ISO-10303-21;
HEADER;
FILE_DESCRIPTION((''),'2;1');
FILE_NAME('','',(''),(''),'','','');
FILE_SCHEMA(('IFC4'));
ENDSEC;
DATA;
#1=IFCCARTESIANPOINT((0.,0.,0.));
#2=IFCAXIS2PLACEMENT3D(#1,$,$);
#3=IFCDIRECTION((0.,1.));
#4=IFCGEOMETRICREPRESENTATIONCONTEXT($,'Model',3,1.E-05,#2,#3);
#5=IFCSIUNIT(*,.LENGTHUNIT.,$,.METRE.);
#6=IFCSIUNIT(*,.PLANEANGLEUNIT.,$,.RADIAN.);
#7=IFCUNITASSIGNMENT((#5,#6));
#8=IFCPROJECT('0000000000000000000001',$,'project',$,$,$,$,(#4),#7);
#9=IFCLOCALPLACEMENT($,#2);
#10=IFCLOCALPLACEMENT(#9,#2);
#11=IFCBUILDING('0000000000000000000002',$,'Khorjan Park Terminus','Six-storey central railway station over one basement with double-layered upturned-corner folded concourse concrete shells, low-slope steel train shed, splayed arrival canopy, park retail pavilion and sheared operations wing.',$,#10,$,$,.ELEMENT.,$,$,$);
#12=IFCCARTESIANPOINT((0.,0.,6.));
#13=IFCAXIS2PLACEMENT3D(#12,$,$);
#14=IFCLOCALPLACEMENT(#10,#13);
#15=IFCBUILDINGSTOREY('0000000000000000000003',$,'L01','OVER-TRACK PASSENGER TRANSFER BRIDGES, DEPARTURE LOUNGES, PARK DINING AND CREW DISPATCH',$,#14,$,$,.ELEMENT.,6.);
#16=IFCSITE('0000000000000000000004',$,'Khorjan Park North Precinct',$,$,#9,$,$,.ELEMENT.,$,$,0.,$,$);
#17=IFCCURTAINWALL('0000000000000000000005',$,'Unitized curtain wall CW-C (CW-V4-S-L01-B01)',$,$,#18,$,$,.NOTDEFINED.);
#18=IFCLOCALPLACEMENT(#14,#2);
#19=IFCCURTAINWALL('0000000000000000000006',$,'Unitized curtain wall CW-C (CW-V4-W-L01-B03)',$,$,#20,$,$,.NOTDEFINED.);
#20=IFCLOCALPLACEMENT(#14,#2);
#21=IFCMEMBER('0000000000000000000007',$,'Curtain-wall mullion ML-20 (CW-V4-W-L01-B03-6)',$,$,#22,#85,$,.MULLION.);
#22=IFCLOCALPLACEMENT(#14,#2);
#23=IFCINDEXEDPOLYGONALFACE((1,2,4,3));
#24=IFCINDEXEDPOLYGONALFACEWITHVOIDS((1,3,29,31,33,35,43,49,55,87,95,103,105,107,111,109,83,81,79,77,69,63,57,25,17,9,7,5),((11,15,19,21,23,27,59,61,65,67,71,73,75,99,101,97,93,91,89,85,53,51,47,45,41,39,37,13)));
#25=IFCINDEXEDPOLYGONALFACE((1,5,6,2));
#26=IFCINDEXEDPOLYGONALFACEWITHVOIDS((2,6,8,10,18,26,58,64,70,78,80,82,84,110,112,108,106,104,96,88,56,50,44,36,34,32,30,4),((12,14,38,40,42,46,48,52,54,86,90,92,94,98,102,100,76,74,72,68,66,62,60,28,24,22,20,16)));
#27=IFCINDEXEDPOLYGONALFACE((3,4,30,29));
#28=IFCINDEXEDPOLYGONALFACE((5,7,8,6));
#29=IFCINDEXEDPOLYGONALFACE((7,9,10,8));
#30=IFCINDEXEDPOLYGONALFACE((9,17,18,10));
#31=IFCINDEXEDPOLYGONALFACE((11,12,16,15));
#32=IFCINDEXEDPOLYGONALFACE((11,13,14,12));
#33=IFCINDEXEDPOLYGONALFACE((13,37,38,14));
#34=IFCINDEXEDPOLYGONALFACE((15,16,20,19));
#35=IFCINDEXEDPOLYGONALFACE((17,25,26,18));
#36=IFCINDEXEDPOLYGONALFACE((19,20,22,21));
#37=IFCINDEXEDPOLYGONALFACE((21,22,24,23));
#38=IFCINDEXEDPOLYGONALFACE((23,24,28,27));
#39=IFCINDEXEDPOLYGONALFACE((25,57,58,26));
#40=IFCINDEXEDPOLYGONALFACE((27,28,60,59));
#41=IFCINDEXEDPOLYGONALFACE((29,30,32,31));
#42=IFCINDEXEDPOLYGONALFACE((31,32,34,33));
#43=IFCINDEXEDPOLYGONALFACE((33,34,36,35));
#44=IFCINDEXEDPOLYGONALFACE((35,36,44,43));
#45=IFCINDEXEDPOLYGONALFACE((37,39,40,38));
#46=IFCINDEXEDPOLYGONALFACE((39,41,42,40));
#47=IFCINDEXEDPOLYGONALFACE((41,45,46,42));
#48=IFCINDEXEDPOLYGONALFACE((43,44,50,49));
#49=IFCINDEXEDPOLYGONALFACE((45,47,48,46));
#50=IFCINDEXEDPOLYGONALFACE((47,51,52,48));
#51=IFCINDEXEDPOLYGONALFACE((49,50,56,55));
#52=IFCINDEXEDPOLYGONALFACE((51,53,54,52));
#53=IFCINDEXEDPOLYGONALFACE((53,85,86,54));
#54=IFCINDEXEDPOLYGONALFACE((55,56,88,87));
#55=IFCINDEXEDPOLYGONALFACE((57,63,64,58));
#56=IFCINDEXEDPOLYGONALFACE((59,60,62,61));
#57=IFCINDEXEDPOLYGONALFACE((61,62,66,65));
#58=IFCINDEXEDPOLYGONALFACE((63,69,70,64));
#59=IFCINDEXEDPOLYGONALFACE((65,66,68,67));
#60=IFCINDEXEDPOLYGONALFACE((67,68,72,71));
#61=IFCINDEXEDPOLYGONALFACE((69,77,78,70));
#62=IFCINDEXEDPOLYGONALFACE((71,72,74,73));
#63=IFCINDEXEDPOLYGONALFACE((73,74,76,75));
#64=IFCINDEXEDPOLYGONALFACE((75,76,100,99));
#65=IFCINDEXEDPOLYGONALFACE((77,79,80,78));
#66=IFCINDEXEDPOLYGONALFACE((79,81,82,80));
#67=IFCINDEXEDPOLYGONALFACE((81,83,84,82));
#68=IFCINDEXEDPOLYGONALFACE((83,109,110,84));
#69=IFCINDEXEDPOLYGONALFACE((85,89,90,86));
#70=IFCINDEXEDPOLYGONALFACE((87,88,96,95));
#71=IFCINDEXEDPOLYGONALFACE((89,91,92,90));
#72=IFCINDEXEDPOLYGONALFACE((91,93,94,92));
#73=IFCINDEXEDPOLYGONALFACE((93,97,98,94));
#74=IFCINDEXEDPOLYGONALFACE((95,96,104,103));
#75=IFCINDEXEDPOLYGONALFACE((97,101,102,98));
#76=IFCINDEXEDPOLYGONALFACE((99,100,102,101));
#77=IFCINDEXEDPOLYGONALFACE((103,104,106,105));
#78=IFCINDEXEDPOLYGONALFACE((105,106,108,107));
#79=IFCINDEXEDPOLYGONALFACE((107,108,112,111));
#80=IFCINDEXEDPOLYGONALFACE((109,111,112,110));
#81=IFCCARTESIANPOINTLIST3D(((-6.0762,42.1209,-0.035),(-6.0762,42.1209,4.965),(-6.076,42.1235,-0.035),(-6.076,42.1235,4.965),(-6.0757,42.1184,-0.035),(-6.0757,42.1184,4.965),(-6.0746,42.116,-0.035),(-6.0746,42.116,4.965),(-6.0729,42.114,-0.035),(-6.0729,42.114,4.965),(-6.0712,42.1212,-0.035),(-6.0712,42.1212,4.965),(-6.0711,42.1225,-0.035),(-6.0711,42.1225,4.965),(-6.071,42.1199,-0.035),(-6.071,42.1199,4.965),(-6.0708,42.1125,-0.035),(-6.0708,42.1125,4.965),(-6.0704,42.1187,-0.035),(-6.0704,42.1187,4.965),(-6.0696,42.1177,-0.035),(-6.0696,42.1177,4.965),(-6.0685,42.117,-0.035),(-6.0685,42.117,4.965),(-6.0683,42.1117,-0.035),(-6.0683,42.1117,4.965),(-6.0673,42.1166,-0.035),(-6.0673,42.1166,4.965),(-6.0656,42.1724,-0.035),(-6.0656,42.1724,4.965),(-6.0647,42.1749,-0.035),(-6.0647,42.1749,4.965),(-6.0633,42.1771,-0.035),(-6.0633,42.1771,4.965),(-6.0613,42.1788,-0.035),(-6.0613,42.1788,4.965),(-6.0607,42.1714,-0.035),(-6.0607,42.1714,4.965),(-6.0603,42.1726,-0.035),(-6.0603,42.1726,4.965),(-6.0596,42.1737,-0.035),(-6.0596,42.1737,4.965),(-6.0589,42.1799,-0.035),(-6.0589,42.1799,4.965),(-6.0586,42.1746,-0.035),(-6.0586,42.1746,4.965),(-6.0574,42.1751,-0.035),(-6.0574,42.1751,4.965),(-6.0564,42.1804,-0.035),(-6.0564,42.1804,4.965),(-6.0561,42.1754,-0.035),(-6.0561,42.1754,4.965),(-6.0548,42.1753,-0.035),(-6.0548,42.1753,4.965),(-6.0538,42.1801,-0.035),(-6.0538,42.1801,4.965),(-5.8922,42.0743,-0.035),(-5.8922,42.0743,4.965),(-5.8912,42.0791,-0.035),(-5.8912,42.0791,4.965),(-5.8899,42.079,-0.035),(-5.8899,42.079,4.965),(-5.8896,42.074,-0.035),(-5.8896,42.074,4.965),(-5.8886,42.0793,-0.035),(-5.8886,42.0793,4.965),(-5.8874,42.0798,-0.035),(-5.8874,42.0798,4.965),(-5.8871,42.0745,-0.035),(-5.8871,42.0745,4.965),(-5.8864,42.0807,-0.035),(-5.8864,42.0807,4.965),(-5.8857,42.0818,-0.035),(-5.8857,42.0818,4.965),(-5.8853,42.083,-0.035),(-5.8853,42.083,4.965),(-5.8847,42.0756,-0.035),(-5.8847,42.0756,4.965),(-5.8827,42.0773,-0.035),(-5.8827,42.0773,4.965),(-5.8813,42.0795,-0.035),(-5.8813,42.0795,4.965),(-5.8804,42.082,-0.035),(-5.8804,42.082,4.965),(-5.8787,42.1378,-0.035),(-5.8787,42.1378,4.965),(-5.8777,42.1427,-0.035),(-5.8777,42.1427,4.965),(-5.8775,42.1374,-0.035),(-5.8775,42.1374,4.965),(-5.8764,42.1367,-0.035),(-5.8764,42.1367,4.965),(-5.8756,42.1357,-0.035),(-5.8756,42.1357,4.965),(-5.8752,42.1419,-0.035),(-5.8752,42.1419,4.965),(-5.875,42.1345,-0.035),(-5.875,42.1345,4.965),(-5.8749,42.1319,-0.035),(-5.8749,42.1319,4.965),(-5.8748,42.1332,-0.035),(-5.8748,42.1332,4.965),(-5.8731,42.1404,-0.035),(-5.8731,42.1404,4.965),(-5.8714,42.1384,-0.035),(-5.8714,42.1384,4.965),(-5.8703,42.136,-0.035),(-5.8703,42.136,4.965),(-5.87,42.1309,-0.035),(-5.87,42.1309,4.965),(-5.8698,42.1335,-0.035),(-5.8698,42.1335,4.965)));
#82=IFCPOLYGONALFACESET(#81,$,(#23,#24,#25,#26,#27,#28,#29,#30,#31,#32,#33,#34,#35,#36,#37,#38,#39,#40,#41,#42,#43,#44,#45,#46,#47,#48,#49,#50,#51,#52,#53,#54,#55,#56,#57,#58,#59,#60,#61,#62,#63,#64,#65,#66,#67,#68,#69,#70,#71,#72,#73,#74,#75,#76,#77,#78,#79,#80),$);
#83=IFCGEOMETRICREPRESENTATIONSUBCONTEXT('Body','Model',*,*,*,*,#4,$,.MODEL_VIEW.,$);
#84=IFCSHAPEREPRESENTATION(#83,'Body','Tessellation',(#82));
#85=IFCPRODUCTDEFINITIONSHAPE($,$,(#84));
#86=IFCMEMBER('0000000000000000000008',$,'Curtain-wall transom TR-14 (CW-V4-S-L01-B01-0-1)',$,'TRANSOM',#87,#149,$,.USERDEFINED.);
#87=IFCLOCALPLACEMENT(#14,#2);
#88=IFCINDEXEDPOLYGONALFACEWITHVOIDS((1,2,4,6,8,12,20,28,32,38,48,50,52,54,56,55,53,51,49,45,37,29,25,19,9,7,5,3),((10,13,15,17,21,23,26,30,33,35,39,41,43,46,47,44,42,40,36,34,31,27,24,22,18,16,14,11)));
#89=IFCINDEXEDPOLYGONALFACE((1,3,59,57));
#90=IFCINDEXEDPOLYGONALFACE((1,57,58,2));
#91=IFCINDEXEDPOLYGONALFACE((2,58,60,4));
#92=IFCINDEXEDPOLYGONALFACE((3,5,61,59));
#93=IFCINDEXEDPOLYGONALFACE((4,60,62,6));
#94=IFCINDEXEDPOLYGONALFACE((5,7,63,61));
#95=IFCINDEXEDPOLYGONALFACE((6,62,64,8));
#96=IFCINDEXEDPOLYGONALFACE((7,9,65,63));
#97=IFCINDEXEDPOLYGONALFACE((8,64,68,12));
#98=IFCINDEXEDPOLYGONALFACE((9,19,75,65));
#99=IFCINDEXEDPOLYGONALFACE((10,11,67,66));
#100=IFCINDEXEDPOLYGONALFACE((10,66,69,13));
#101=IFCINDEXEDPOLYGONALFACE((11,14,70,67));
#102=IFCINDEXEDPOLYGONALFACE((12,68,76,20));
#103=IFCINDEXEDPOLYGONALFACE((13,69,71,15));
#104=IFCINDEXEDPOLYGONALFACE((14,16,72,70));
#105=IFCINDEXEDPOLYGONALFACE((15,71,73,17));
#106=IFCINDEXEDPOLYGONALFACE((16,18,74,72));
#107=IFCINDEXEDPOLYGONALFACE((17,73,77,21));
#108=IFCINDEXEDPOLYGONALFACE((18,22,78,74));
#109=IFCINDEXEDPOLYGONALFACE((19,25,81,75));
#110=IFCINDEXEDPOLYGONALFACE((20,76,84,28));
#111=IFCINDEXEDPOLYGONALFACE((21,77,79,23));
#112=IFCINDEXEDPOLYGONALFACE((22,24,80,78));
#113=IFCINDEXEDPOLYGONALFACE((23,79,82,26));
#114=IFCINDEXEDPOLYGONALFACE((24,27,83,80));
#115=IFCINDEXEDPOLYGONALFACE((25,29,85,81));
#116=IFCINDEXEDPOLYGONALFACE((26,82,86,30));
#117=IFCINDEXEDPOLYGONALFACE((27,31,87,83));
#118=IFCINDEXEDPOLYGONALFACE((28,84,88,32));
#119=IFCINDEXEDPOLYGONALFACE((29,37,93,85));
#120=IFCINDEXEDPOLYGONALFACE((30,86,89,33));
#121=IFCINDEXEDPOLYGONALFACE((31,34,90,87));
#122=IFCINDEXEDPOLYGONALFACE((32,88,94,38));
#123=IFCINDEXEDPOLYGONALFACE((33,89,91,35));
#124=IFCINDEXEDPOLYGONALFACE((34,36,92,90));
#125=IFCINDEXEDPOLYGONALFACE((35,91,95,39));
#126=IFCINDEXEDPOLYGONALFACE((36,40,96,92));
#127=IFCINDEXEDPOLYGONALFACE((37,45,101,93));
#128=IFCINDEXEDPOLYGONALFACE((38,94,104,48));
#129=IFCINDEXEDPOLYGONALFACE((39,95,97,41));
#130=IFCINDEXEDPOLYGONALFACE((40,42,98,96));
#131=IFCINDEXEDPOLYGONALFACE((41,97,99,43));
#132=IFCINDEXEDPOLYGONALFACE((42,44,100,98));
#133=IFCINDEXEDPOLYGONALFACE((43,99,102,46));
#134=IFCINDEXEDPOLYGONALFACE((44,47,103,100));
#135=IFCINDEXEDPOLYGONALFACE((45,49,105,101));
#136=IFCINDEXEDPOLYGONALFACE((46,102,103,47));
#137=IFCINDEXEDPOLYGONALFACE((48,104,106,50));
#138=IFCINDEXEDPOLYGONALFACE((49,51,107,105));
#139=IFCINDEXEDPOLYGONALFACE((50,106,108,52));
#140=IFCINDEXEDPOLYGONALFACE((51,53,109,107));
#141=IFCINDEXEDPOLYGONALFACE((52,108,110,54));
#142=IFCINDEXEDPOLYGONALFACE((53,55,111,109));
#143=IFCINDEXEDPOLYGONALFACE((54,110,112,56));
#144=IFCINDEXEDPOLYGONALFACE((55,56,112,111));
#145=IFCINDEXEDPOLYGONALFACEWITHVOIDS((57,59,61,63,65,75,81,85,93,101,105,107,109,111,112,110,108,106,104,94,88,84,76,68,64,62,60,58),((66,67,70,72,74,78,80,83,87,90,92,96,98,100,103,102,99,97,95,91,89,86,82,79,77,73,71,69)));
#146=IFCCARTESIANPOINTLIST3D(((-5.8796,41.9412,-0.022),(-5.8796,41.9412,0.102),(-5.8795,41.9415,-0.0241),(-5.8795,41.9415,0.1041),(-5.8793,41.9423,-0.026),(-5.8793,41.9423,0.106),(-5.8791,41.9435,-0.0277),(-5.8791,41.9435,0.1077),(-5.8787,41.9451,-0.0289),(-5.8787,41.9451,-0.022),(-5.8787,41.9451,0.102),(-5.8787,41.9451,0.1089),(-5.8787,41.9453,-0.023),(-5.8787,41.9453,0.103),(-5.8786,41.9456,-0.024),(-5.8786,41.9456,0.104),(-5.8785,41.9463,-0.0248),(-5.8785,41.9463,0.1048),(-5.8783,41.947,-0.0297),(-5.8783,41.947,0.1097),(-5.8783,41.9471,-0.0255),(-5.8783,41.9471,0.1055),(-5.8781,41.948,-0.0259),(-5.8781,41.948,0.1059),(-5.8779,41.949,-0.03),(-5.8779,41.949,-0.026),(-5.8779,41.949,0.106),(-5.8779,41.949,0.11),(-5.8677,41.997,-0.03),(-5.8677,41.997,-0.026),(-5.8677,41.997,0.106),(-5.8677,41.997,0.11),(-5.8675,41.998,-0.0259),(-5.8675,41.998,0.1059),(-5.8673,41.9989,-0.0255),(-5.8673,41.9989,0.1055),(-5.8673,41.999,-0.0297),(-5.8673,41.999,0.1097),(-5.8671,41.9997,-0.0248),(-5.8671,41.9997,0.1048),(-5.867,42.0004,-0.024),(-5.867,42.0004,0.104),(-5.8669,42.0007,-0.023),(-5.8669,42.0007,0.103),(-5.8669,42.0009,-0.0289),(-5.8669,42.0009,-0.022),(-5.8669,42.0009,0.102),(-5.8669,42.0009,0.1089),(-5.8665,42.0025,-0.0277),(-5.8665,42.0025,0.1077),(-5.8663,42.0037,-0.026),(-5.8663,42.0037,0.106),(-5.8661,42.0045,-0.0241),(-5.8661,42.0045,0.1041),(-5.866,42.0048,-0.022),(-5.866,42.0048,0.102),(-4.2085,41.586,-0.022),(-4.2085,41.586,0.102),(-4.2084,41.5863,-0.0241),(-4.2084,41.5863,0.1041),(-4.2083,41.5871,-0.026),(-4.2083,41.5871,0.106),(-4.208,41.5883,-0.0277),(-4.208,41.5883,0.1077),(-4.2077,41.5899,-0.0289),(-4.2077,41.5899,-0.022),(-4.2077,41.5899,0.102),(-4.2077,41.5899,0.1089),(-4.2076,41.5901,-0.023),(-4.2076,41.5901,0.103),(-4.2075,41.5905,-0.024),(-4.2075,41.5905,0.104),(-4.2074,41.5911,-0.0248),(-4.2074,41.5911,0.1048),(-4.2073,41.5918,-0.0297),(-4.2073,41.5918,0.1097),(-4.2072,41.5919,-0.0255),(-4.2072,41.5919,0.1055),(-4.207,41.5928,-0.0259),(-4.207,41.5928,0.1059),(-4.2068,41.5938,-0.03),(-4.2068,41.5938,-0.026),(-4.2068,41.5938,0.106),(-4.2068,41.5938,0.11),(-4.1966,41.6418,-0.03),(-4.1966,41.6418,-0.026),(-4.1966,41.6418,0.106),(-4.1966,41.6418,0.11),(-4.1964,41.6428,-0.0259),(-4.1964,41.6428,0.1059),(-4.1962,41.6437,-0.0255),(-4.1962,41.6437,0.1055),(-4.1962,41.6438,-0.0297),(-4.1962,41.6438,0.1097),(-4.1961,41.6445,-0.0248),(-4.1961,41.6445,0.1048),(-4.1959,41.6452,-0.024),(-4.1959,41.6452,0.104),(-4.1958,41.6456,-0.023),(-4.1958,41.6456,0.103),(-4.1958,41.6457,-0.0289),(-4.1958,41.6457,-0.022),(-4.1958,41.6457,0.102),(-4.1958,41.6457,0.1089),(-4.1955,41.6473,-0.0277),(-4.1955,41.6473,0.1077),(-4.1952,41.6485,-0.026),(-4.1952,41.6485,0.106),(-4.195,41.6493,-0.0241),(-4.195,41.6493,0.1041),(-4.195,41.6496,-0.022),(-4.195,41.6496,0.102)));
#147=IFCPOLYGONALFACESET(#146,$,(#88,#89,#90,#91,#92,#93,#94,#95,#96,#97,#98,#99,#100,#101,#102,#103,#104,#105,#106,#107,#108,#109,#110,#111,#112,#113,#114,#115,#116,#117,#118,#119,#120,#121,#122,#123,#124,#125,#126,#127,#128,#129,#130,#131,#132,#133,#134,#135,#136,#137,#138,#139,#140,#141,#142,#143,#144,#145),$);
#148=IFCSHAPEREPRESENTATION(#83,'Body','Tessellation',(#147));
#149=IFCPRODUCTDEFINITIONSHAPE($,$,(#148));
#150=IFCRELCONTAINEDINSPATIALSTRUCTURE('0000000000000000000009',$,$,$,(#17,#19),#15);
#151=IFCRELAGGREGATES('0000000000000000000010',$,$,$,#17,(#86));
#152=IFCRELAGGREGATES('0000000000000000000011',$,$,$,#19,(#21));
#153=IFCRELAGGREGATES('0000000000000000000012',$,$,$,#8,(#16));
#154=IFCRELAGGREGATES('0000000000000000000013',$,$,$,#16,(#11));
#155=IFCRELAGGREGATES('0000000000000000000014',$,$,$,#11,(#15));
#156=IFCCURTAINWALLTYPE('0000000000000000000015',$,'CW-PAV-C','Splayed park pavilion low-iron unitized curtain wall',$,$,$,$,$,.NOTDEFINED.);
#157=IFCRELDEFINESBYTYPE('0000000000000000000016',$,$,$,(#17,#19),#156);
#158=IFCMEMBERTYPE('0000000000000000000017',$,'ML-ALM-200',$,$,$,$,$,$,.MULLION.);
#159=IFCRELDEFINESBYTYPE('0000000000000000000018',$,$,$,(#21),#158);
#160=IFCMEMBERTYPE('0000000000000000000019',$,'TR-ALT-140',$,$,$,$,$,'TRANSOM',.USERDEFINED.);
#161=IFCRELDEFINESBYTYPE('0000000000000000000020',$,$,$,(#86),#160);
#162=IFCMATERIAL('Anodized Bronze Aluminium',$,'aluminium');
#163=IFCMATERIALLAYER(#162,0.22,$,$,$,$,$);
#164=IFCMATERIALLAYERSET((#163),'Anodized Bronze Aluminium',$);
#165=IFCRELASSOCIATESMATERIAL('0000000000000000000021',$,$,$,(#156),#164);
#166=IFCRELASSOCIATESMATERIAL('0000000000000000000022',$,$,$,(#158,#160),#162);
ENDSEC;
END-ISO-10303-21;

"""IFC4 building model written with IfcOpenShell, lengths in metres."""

from ifc_helpers import new_model, si_unit, direction, frame, origin, origin_2d, place, context, subcontext, project, spatial, hollow_rectangle, extrude, material, layer, layer_set, material_profile, profile_set, type_object, element, aggregate, save


model = new_model("IFC4")

# Units and contexts
model_context = context("Model", 3, precision=1e-05, world=origin(), true_north=direction((0.0, 1.0)))
body_context = subcontext(model_context, "Body", "Model", "MODEL_VIEW")
ifc_project = project(units=[si_unit("LENGTHUNIT", "METRE"), si_unit("PLANEANGLEUNIT", "RADIAN")], contexts=[model_context])

# Site, building, storey
site_placement = place(None, origin())
site = spatial("IfcSite", under=ifc_project, at=site_placement, Name="Khorjan Park North Precinct", CompositionType="ELEMENT", RefElevation=0.0)
building_placement = place(site_placement, origin())
building = spatial("IfcBuilding", under=site, at=building_placement, Name="Khorjan Park Terminus", Description="Six-storey central railway station over one basement with double-layered upturned-corner folded concourse concrete shells, low-slope steel train shed, splayed arrival canopy, park retail pavilion and sheared operations wing.", CompositionType="ELEMENT")
storey_placement = place(building_placement, frame((0.0, 0.0, 6.0)))
storey = spatial("IfcBuildingStorey", under=building, at=storey_placement, Name="L01", Description="OVER-TRACK PASSENGER TRANSFER BRIDGES, DEPARTURE LOUNGES, PARK DINING AND CREW DISPATCH", CompositionType="ELEMENT", Elevation=6.0)

# Curtain walls, member
ifc_material_1 = material(Name="Anodized Bronze Aluminium", Category="aluminium")
ifc_layer_1 = layer(ifc_material_1, 0.22)
ifc_layer_set_1 = layer_set([ifc_layer_1], Name="Anodized Bronze Aluminium")
curtain_wall_type = type_object("IfcCurtainWallType", Name="CW-PAV-C", Description="Splayed park pavilion low-iron unitized curtain wall", PredefinedType="NOTDEFINED", material=ifc_layer_set_1)
curtain_wall_1_placement = place(storey_placement, origin())
curtain_wall_1 = element("IfcCurtainWall", 1, at=curtain_wall_1_placement, inside=storey, type_object=curtain_wall_type, Name="Unitized curtain wall CW-C (CW-V4-S-L01-B01)", PredefinedType="NOTDEFINED")
ifc_material_profile_1 = material_profile(ifc_material_1, hollow_rectangle(XDim=0.07, YDim=0.2, WallThickness=0.005, InnerFilletRadius=0.005, OuterFilletRadius=0.01, at=origin_2d()), Name="ALM 70x200x5")
ifc_profile_set_1 = profile_set([ifc_material_profile_1], Name="Anodized Bronze Aluminium")
member_type_1 = type_object("IfcMemberType", Name="ML-ALM-200", PredefinedType="MULLION", material=ifc_profile_set_1)
curtain_wall_2_placement = place(storey_placement, origin())
curtain_wall_2 = element("IfcCurtainWall", 2, at=curtain_wall_2_placement, inside=storey, type_object=curtain_wall_type, Name="Unitized curtain wall CW-C (CW-V4-W-L01-B03)", PredefinedType="NOTDEFINED")
member_1_placement = place(storey_placement, frame((-5.973, 42.1272, -0.035), z_axis=(0.0, 0.0, 1.0), x_axis=(-0.207918, -0.978146, 0.0)))
member_1 = element("IfcMember", 3, at=member_1_placement, type_object=member_type_1, Name="Curtain-wall mullion ML-20 (CW-V4-W-L01-B03-6)", PredefinedType="MULLION", context=body_context, shape_type="SweptSolid", body=[
    extrude(hollow_rectangle(XDim=0.07, YDim=0.2, WallThickness=0.005, InnerFilletRadius=0.005, OuterFilletRadius=0.01, at=origin_2d()), origin(), (0.0, 0.0, 1.0), 5.0),
])

# Member
ifc_material_profile_2 = material_profile(ifc_material_1, hollow_rectangle(XDim=0.065, YDim=0.14, WallThickness=0.004, InnerFilletRadius=0.004, OuterFilletRadius=0.008, at=origin_2d()), Name="ALT 65x140x4")
ifc_profile_set_2 = profile_set([ifc_material_profile_2], Name="Anodized Bronze Aluminium")
member_type_2 = type_object("IfcMemberType", Name="TR-ALT-140", ElementType="TRANSOM", PredefinedType="USERDEFINED", material=ifc_profile_set_2)
member_2_placement = place(storey_placement, frame((-5.8728, 41.973, 0.04), z_axis=(0.978148, -0.20791, 0.0), x_axis=(0.20791, 0.978148, 0.0)))
member_2 = element("IfcMember", 4, at=member_2_placement, type_object=member_type_2, Name="Curtain-wall transom TR-14 (CW-V4-S-L01-B01-0-1)", ObjectType="TRANSOM", PredefinedType="USERDEFINED", context=body_context, shape_type="SweptSolid", body=[
    extrude(hollow_rectangle(XDim=0.065, YDim=0.14, WallThickness=0.004, InnerFilletRadius=0.004, OuterFilletRadius=0.008, at=origin_2d()), origin(), (0.0, 0.0, 1.0), 1.7084),
])

aggregate(curtain_wall_1, [member_2])
aggregate(curtain_wall_2, [member_1])

save(model, "model.ifc")
